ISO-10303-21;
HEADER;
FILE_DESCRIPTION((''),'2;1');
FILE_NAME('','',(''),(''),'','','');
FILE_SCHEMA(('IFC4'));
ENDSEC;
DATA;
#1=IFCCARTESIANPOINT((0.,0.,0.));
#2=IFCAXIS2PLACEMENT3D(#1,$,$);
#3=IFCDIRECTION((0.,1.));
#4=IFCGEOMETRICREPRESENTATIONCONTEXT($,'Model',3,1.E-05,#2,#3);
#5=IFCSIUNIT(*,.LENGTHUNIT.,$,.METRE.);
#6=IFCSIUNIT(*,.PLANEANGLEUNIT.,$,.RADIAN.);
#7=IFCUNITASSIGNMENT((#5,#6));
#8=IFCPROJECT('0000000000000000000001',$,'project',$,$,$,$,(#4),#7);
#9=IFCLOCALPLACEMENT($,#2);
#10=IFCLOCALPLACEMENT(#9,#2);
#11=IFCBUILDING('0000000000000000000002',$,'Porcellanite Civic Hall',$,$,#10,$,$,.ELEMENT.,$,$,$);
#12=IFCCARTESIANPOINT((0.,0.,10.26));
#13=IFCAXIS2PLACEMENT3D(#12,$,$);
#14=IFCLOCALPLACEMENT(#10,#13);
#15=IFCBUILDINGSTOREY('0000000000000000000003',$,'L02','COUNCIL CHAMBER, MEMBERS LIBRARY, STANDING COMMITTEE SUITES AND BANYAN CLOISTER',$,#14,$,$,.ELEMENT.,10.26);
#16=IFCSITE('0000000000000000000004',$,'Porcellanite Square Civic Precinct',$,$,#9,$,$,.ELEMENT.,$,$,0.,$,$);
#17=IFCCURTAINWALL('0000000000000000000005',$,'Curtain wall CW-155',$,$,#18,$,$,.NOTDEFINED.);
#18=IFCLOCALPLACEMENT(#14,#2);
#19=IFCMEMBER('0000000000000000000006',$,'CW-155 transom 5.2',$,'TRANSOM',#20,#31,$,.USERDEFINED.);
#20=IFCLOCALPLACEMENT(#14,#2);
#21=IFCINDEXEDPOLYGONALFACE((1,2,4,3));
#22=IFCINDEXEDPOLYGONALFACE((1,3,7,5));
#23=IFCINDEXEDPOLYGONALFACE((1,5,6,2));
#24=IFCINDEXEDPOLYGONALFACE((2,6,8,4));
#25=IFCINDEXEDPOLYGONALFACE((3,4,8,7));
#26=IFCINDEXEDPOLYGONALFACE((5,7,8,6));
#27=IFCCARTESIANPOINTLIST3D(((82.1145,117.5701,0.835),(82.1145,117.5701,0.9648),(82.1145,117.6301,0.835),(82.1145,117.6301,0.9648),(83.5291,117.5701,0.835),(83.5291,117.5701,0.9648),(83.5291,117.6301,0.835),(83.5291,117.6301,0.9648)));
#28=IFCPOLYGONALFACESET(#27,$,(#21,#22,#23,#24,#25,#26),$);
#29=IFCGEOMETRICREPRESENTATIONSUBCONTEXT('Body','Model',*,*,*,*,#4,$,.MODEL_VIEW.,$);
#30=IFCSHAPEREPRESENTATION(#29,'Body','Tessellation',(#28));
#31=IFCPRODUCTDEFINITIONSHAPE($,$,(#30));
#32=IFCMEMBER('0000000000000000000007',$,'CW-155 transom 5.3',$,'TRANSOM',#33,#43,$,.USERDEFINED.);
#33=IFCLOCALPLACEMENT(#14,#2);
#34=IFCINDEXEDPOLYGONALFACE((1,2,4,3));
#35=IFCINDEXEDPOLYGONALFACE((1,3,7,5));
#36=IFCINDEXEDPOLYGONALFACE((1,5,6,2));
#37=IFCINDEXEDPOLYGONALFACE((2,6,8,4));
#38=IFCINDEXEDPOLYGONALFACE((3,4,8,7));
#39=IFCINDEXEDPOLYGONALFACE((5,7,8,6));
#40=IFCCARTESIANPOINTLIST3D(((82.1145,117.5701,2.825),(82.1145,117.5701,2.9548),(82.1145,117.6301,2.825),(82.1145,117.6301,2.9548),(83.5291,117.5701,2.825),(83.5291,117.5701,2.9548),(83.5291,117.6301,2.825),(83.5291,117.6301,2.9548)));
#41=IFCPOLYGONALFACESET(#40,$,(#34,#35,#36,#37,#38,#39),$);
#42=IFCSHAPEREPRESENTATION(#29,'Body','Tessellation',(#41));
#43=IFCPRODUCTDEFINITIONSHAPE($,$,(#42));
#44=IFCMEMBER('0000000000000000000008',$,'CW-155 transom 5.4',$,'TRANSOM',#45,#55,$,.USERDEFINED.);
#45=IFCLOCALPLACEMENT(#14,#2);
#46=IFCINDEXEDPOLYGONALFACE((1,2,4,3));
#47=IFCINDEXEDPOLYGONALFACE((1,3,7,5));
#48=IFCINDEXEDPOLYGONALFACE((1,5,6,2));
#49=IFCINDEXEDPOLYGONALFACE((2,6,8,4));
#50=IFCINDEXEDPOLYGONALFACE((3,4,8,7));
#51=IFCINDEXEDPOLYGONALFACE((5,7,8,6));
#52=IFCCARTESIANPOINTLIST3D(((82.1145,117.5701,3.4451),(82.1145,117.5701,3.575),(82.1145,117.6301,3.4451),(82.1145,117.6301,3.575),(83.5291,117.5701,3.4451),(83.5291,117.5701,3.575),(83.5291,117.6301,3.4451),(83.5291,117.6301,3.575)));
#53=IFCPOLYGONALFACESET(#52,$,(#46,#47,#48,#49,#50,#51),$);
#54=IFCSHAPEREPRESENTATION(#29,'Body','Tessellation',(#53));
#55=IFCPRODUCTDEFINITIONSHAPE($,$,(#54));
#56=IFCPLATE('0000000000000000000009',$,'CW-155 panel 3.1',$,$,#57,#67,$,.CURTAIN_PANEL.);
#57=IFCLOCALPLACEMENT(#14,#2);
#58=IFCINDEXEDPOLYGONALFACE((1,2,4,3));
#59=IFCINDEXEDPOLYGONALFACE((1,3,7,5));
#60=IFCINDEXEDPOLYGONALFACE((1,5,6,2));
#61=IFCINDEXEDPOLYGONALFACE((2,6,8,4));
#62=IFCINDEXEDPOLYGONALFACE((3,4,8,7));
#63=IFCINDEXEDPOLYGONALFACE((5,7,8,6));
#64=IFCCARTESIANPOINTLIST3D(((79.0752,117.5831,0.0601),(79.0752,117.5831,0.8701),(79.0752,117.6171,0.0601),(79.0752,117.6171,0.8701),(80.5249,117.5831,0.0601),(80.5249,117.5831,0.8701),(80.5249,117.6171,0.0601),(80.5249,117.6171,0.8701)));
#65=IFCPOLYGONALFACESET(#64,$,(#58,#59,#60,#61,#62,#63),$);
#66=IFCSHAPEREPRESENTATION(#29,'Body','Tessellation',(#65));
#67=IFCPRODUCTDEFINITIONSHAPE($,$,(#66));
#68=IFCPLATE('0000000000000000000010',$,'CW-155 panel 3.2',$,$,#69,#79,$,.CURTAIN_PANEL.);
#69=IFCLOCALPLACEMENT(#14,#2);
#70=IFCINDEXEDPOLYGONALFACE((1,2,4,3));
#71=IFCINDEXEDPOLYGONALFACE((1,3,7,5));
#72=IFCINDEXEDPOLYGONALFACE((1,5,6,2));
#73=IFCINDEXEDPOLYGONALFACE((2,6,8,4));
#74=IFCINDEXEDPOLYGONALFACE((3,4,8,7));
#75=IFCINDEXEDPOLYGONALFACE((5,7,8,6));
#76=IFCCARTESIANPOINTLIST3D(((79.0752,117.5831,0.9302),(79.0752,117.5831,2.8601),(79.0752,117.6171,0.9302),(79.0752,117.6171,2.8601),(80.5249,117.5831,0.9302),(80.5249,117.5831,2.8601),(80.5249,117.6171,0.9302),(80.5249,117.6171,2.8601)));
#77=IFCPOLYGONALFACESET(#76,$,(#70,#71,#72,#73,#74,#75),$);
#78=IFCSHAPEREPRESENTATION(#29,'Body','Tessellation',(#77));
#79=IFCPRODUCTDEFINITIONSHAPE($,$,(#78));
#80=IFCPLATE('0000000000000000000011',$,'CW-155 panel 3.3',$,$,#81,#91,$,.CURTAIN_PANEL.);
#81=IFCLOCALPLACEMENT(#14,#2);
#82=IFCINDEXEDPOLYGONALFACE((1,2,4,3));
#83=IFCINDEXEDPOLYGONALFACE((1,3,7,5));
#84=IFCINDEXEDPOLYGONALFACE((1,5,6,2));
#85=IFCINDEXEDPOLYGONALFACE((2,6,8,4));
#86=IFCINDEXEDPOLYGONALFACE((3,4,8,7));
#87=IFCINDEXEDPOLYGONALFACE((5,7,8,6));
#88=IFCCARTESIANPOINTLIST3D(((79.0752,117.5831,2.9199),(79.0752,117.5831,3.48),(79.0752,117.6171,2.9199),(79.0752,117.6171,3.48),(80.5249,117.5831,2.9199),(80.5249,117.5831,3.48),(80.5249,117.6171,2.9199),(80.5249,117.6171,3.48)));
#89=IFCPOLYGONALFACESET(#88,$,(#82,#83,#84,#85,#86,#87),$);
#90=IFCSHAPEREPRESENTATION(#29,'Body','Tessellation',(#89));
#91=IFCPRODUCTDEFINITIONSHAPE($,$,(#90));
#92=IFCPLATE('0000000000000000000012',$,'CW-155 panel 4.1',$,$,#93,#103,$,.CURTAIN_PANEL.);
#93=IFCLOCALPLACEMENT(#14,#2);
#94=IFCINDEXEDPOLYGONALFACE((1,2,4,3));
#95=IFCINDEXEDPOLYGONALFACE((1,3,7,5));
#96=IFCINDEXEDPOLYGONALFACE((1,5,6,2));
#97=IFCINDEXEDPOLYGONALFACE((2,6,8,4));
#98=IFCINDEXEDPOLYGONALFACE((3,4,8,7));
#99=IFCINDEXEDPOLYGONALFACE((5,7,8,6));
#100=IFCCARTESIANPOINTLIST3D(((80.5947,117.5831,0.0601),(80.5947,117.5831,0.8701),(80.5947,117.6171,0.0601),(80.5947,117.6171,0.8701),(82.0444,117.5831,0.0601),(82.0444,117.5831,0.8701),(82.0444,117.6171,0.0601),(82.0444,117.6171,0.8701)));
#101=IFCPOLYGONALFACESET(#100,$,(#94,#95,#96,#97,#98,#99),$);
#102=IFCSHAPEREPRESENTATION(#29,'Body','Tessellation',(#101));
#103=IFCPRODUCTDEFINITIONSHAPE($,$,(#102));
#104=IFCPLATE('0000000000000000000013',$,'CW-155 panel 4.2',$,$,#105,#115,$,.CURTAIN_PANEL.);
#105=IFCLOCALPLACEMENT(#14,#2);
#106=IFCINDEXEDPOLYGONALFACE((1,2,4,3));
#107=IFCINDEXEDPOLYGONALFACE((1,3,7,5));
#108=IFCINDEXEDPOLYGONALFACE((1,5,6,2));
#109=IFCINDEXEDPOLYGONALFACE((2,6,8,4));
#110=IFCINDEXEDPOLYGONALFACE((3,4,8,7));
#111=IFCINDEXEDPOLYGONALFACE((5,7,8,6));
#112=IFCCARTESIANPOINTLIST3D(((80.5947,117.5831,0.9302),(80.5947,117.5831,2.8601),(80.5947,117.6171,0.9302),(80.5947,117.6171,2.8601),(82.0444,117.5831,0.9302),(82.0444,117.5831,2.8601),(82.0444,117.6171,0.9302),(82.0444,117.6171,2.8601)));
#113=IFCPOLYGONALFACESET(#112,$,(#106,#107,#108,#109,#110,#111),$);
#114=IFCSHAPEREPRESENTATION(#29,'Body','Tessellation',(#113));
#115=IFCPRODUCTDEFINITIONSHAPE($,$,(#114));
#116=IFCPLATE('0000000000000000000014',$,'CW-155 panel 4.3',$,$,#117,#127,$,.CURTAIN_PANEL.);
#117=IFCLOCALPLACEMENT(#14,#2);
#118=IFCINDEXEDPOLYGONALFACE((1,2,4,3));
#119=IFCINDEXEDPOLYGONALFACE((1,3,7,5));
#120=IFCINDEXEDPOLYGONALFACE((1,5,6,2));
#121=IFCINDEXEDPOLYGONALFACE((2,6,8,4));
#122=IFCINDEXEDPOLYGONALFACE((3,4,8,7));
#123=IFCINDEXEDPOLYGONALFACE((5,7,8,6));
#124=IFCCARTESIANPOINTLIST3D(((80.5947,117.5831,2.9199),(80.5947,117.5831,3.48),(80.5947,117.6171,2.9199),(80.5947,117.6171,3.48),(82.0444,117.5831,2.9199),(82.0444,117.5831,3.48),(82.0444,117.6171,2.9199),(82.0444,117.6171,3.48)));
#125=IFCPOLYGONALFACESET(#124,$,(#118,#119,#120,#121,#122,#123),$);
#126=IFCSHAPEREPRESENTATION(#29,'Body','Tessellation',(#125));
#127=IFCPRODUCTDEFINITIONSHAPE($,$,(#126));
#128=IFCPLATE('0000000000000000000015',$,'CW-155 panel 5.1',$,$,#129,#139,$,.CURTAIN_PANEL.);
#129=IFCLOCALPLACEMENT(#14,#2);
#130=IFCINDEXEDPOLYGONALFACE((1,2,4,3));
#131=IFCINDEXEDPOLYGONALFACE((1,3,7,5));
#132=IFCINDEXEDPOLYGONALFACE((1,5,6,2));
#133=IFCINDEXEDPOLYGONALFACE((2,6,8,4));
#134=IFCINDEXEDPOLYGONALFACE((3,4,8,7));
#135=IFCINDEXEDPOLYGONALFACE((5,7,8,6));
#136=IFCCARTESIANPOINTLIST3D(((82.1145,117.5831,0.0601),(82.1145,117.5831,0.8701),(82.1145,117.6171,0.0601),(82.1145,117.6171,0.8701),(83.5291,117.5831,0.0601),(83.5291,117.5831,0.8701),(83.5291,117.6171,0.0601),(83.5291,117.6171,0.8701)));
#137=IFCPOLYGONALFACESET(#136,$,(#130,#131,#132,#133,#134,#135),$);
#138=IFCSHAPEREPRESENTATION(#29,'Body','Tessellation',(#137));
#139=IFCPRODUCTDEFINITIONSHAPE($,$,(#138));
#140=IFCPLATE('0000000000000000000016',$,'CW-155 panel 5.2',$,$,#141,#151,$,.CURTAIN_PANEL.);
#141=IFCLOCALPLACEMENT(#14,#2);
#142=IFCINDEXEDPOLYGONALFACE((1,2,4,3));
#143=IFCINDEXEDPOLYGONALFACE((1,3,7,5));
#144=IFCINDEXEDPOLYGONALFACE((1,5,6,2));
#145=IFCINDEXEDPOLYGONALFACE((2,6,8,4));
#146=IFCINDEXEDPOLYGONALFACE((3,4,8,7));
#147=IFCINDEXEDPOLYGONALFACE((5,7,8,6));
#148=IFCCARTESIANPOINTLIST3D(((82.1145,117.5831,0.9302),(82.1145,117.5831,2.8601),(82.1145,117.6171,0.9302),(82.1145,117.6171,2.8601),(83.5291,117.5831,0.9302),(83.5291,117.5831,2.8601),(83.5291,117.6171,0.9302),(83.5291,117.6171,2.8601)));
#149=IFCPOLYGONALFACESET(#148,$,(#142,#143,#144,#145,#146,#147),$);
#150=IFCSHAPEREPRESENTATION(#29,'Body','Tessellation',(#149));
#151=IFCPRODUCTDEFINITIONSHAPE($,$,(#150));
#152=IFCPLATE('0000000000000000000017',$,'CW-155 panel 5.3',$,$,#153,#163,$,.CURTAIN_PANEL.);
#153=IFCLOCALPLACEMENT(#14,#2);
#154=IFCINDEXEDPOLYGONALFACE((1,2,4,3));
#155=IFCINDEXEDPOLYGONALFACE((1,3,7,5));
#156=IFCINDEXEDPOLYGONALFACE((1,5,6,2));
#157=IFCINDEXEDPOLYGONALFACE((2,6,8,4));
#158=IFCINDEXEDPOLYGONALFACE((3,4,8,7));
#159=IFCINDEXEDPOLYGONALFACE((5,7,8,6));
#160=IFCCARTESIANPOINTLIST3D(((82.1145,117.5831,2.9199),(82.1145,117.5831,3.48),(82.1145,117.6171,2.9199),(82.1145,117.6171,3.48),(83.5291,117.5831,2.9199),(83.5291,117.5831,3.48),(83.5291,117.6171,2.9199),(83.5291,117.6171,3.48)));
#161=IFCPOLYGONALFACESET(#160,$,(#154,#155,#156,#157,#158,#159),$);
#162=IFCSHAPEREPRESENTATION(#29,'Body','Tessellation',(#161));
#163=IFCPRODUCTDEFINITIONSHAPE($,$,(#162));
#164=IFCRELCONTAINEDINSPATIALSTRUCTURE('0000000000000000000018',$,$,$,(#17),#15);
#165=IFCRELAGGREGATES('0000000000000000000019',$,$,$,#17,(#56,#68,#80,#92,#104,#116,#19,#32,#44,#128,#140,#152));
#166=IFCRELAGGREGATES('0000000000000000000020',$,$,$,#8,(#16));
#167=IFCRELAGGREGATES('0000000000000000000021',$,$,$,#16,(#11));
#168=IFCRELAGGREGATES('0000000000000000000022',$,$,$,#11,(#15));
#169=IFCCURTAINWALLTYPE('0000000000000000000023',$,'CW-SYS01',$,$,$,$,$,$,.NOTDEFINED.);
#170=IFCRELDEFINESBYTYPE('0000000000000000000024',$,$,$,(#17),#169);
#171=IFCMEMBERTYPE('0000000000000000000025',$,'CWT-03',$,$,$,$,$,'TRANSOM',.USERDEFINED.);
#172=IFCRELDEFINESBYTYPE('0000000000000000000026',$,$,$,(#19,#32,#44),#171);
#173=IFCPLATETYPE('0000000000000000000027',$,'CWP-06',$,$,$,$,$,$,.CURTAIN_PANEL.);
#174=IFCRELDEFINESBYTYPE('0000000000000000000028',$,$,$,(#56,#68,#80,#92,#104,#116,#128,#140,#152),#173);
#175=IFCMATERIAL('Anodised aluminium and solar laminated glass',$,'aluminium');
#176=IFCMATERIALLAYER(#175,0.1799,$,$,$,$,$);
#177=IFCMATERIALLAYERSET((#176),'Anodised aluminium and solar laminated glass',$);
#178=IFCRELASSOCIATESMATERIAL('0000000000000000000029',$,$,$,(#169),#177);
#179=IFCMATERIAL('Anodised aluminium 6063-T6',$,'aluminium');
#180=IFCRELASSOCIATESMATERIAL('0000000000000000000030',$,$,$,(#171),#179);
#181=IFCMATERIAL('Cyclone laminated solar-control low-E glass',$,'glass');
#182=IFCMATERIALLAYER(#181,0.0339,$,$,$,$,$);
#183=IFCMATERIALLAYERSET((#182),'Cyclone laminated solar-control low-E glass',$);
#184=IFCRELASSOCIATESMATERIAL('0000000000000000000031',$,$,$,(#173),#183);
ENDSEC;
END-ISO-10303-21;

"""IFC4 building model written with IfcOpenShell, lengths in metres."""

from ifc_helpers import new_model, si_unit, direction, frame, origin, origin_2d, place, context, subcontext, project, spatial, rectangle, extrude, material, layer, layer_set, material_profile, profile_set, type_object, element, aggregate, save


model = new_model("IFC4")

# Units and contexts
model_context = context("Model", 3, precision=1e-05, world=origin(), true_north=direction((0.0, 1.0)))
body_context = subcontext(model_context, "Body", "Model", "MODEL_VIEW")
ifc_project = project(units=[si_unit("LENGTHUNIT", "METRE"), si_unit("PLANEANGLEUNIT", "RADIAN")], contexts=[model_context])

# Site, building, storey
site_placement = place(None, origin())
site = spatial("IfcSite", under=ifc_project, at=site_placement, Name="Porcellanite Square Civic Precinct", CompositionType="ELEMENT", RefElevation=0.0)
building_placement = place(site_placement, origin())
building = spatial("IfcBuilding", under=site, at=building_placement, Name="Porcellanite Civic Hall", CompositionType="ELEMENT")
storey_placement = place(building_placement, frame((0.0, 0.0, 10.26)))
storey = spatial("IfcBuildingStorey", under=building, at=storey_placement, Name="L02", Description="COUNCIL CHAMBER, MEMBERS LIBRARY, STANDING COMMITTEE SUITES AND BANYAN CLOISTER", CompositionType="ELEMENT", Elevation=10.26)

# Curtain wall, members, plates
ifc_material_1 = material(Name="Anodised aluminium and solar laminated glass", Category="aluminium")
ifc_layer_1 = layer(ifc_material_1, 0.1799)
ifc_layer_set_1 = layer_set([ifc_layer_1], Name="Anodised aluminium and solar laminated glass")
curtain_wall_type = type_object("IfcCurtainWallType", Name="CW-SYS01", PredefinedType="NOTDEFINED", material=ifc_layer_set_1)
curtain_wall_placement = place(storey_placement, origin())
curtain_wall = element("IfcCurtainWall", 1, at=curtain_wall_placement, inside=storey, type_object=curtain_wall_type, Name="Curtain wall CW-155", PredefinedType="NOTDEFINED")
ifc_material_2 = material(Name="Anodised aluminium 6063-T6", Category="aluminium")
ifc_material_profile_1 = material_profile(ifc_material_2, rectangle(XDim=0.0601, YDim=0.1299, at=origin_2d()), Name="AL-60x130")
ifc_profile_set_1 = profile_set([ifc_material_profile_1], Name="Anodised aluminium 6063-T6")
member_type_1 = type_object("IfcMemberType", Name="CWT-03", ElementType="TRANSOM", PredefinedType="USERDEFINED", material=ifc_profile_set_1)
member_1_placement = place(storey_placement, frame((82.1145, 117.6001, 0.8999), z_axis=(1.0, 0.0, 0.0), x_axis=(0.0, 1.0, 0.0)))
member_1 = element("IfcMember", 2, at=member_1_placement, type_object=member_type_1, Name="CW-155 transom 5.2", ObjectType="TRANSOM", PredefinedType="USERDEFINED", context=body_context, shape_type="SweptSolid", body=[
    extrude(rectangle(XDim=0.0601, YDim=0.1299, at=origin_2d()), origin(), (0.0, 0.0, 1.0), 1.4146),
])
member_2_placement = place(storey_placement, frame((82.1145, 117.6001, 2.8899), z_axis=(1.0, 0.0, 0.0), x_axis=(0.0, 1.0, 0.0)))
member_2 = element("IfcMember", 3, at=member_2_placement, type_object=member_type_1, Name="CW-155 transom 5.3", ObjectType="TRANSOM", PredefinedType="USERDEFINED", context=body_context, shape_type="SweptSolid", body=[
    extrude(rectangle(XDim=0.0601, YDim=0.1299, at=origin_2d()), origin(), (0.0, 0.0, 1.0), 1.4146),
])
member_3_placement = place(storey_placement, frame((82.1145, 117.6001, 3.51), z_axis=(1.0, 0.0, 0.0), x_axis=(0.0, 1.0, 0.0)))
member_3 = element("IfcMember", 4, at=member_3_placement, type_object=member_type_1, Name="CW-155 transom 5.4", ObjectType="TRANSOM", PredefinedType="USERDEFINED", context=body_context, shape_type="SweptSolid", body=[
    extrude(rectangle(XDim=0.0601, YDim=0.1299, at=origin_2d()), origin(), (0.0, 0.0, 1.0), 1.4146),
])
ifc_material_3 = material(Name="Cyclone laminated solar-control low-E glass", Category="glass")
ifc_layer_2 = layer(ifc_material_3, 0.0339)
ifc_layer_set_2 = layer_set([ifc_layer_2], Name="Cyclone laminated solar-control low-E glass")
plate_type = type_object("IfcPlateType", Name="CWP-06", PredefinedType="CURTAIN_PANEL", material=ifc_layer_set_2)
plate_1_placement = place(storey_placement, frame((79.8, 117.6001, 0.0601), z_axis=(0.0, 0.0, 1.0), x_axis=(1.0, 0.0, 0.0)))
plate_1 = element("IfcPlate", 5, at=plate_1_placement, type_object=plate_type, Name="CW-155 panel 3.1", PredefinedType="CURTAIN_PANEL", context=body_context, shape_type="SweptSolid", body=[
    extrude(rectangle(XDim=1.4497, YDim=0.0339, at=origin_2d()), origin(), (0.0, 0.0, 1.0), 0.8101),
])
plate_2_placement = place(storey_placement, frame((79.8, 117.6001, 0.9302), z_axis=(0.0, 0.0, 1.0), x_axis=(1.0, 0.0, 0.0)))
plate_2 = element("IfcPlate", 6, at=plate_2_placement, type_object=plate_type, Name="CW-155 panel 3.2", PredefinedType="CURTAIN_PANEL", context=body_context, shape_type="SweptSolid", body=[
    extrude(rectangle(XDim=1.4497, YDim=0.0339, at=origin_2d()), origin(), (0.0, 0.0, 1.0), 1.9299),
])
plate_3_placement = place(storey_placement, frame((79.8, 117.6001, 2.9199), z_axis=(0.0, 0.0, 1.0), x_axis=(1.0, 0.0, 0.0)))
plate_3 = element("IfcPlate", 7, at=plate_3_placement, type_object=plate_type, Name="CW-155 panel 3.3", PredefinedType="CURTAIN_PANEL", context=body_context, shape_type="SweptSolid", body=[
    extrude(rectangle(XDim=1.4497, YDim=0.0339, at=origin_2d()), origin(), (0.0, 0.0, 1.0), 0.5601),
])
plate_4_placement = place(storey_placement, frame((81.3196, 117.6001, 0.0601), z_axis=(0.0, 0.0, 1.0), x_axis=(1.0, 0.0, 0.0)))
plate_4 = element("IfcPlate", 8, at=plate_4_placement, type_object=plate_type, Name="CW-155 panel 4.1", PredefinedType="CURTAIN_PANEL", context=body_context, shape_type="SweptSolid", body=[
    extrude(rectangle(XDim=1.4497, YDim=0.0339, at=origin_2d()), origin(), (0.0, 0.0, 1.0), 0.8101),
])
plate_5_placement = place(storey_placement, frame((81.3196, 117.6001, 0.9302), z_axis=(0.0, 0.0, 1.0), x_axis=(1.0, 0.0, 0.0)))
plate_5 = element("IfcPlate", 9, at=plate_5_placement, type_object=plate_type, Name="CW-155 panel 4.2", PredefinedType="CURTAIN_PANEL", context=body_context, shape_type="SweptSolid", body=[
    extrude(rectangle(XDim=1.4497, YDim=0.0339, at=origin_2d()), origin(), (0.0, 0.0, 1.0), 1.9299),
])
plate_6_placement = place(storey_placement, frame((81.3196, 117.6001, 2.9199), z_axis=(0.0, 0.0, 1.0), x_axis=(1.0, 0.0, 0.0)))
plate_6 = element("IfcPlate", 10, at=plate_6_placement, type_object=plate_type, Name="CW-155 panel 4.3", PredefinedType="CURTAIN_PANEL", context=body_context, shape_type="SweptSolid", body=[
    extrude(rectangle(XDim=1.4497, YDim=0.0339, at=origin_2d()), origin(), (0.0, 0.0, 1.0), 0.5601),
])
plate_7_placement = place(storey_placement, frame((82.8218, 117.6001, 0.0601), z_axis=(0.0, 0.0, 1.0), x_axis=(1.0, 0.0, 0.0)))
plate_7 = element("IfcPlate", 11, at=plate_7_placement, type_object=plate_type, Name="CW-155 panel 5.1", PredefinedType="CURTAIN_PANEL", context=body_context, shape_type="SweptSolid", body=[
    extrude(rectangle(XDim=1.4146, YDim=0.0339, at=origin_2d()), origin(), (0.0, 0.0, 1.0), 0.8101),
])
plate_8_placement = place(storey_placement, frame((82.8218, 117.6001, 0.9302), z_axis=(0.0, 0.0, 1.0), x_axis=(1.0, 0.0, 0.0)))
plate_8 = element("IfcPlate", 12, at=plate_8_placement, type_object=plate_type, Name="CW-155 panel 5.2", PredefinedType="CURTAIN_PANEL", context=body_context, shape_type="SweptSolid", body=[
    extrude(rectangle(XDim=1.4146, YDim=0.0339, at=origin_2d()), origin(), (0.0, 0.0, 1.0), 1.9299),
])
plate_9_placement = place(storey_placement, frame((82.8218, 117.6001, 2.9199), z_axis=(0.0, 0.0, 1.0), x_axis=(1.0, 0.0, 0.0)))
plate_9 = element("IfcPlate", 13, at=plate_9_placement, type_object=plate_type, Name="CW-155 panel 5.3", PredefinedType="CURTAIN_PANEL", context=body_context, shape_type="SweptSolid", body=[
    extrude(rectangle(XDim=1.4146, YDim=0.0339, at=origin_2d()), origin(), (0.0, 0.0, 1.0), 0.5601),
])
aggregate(curtain_wall, [plate_1, plate_2, plate_3, plate_4, plate_5, plate_6, member_1, member_2, member_3, plate_7, plate_8, plate_9])

save(model, "model.ifc")
